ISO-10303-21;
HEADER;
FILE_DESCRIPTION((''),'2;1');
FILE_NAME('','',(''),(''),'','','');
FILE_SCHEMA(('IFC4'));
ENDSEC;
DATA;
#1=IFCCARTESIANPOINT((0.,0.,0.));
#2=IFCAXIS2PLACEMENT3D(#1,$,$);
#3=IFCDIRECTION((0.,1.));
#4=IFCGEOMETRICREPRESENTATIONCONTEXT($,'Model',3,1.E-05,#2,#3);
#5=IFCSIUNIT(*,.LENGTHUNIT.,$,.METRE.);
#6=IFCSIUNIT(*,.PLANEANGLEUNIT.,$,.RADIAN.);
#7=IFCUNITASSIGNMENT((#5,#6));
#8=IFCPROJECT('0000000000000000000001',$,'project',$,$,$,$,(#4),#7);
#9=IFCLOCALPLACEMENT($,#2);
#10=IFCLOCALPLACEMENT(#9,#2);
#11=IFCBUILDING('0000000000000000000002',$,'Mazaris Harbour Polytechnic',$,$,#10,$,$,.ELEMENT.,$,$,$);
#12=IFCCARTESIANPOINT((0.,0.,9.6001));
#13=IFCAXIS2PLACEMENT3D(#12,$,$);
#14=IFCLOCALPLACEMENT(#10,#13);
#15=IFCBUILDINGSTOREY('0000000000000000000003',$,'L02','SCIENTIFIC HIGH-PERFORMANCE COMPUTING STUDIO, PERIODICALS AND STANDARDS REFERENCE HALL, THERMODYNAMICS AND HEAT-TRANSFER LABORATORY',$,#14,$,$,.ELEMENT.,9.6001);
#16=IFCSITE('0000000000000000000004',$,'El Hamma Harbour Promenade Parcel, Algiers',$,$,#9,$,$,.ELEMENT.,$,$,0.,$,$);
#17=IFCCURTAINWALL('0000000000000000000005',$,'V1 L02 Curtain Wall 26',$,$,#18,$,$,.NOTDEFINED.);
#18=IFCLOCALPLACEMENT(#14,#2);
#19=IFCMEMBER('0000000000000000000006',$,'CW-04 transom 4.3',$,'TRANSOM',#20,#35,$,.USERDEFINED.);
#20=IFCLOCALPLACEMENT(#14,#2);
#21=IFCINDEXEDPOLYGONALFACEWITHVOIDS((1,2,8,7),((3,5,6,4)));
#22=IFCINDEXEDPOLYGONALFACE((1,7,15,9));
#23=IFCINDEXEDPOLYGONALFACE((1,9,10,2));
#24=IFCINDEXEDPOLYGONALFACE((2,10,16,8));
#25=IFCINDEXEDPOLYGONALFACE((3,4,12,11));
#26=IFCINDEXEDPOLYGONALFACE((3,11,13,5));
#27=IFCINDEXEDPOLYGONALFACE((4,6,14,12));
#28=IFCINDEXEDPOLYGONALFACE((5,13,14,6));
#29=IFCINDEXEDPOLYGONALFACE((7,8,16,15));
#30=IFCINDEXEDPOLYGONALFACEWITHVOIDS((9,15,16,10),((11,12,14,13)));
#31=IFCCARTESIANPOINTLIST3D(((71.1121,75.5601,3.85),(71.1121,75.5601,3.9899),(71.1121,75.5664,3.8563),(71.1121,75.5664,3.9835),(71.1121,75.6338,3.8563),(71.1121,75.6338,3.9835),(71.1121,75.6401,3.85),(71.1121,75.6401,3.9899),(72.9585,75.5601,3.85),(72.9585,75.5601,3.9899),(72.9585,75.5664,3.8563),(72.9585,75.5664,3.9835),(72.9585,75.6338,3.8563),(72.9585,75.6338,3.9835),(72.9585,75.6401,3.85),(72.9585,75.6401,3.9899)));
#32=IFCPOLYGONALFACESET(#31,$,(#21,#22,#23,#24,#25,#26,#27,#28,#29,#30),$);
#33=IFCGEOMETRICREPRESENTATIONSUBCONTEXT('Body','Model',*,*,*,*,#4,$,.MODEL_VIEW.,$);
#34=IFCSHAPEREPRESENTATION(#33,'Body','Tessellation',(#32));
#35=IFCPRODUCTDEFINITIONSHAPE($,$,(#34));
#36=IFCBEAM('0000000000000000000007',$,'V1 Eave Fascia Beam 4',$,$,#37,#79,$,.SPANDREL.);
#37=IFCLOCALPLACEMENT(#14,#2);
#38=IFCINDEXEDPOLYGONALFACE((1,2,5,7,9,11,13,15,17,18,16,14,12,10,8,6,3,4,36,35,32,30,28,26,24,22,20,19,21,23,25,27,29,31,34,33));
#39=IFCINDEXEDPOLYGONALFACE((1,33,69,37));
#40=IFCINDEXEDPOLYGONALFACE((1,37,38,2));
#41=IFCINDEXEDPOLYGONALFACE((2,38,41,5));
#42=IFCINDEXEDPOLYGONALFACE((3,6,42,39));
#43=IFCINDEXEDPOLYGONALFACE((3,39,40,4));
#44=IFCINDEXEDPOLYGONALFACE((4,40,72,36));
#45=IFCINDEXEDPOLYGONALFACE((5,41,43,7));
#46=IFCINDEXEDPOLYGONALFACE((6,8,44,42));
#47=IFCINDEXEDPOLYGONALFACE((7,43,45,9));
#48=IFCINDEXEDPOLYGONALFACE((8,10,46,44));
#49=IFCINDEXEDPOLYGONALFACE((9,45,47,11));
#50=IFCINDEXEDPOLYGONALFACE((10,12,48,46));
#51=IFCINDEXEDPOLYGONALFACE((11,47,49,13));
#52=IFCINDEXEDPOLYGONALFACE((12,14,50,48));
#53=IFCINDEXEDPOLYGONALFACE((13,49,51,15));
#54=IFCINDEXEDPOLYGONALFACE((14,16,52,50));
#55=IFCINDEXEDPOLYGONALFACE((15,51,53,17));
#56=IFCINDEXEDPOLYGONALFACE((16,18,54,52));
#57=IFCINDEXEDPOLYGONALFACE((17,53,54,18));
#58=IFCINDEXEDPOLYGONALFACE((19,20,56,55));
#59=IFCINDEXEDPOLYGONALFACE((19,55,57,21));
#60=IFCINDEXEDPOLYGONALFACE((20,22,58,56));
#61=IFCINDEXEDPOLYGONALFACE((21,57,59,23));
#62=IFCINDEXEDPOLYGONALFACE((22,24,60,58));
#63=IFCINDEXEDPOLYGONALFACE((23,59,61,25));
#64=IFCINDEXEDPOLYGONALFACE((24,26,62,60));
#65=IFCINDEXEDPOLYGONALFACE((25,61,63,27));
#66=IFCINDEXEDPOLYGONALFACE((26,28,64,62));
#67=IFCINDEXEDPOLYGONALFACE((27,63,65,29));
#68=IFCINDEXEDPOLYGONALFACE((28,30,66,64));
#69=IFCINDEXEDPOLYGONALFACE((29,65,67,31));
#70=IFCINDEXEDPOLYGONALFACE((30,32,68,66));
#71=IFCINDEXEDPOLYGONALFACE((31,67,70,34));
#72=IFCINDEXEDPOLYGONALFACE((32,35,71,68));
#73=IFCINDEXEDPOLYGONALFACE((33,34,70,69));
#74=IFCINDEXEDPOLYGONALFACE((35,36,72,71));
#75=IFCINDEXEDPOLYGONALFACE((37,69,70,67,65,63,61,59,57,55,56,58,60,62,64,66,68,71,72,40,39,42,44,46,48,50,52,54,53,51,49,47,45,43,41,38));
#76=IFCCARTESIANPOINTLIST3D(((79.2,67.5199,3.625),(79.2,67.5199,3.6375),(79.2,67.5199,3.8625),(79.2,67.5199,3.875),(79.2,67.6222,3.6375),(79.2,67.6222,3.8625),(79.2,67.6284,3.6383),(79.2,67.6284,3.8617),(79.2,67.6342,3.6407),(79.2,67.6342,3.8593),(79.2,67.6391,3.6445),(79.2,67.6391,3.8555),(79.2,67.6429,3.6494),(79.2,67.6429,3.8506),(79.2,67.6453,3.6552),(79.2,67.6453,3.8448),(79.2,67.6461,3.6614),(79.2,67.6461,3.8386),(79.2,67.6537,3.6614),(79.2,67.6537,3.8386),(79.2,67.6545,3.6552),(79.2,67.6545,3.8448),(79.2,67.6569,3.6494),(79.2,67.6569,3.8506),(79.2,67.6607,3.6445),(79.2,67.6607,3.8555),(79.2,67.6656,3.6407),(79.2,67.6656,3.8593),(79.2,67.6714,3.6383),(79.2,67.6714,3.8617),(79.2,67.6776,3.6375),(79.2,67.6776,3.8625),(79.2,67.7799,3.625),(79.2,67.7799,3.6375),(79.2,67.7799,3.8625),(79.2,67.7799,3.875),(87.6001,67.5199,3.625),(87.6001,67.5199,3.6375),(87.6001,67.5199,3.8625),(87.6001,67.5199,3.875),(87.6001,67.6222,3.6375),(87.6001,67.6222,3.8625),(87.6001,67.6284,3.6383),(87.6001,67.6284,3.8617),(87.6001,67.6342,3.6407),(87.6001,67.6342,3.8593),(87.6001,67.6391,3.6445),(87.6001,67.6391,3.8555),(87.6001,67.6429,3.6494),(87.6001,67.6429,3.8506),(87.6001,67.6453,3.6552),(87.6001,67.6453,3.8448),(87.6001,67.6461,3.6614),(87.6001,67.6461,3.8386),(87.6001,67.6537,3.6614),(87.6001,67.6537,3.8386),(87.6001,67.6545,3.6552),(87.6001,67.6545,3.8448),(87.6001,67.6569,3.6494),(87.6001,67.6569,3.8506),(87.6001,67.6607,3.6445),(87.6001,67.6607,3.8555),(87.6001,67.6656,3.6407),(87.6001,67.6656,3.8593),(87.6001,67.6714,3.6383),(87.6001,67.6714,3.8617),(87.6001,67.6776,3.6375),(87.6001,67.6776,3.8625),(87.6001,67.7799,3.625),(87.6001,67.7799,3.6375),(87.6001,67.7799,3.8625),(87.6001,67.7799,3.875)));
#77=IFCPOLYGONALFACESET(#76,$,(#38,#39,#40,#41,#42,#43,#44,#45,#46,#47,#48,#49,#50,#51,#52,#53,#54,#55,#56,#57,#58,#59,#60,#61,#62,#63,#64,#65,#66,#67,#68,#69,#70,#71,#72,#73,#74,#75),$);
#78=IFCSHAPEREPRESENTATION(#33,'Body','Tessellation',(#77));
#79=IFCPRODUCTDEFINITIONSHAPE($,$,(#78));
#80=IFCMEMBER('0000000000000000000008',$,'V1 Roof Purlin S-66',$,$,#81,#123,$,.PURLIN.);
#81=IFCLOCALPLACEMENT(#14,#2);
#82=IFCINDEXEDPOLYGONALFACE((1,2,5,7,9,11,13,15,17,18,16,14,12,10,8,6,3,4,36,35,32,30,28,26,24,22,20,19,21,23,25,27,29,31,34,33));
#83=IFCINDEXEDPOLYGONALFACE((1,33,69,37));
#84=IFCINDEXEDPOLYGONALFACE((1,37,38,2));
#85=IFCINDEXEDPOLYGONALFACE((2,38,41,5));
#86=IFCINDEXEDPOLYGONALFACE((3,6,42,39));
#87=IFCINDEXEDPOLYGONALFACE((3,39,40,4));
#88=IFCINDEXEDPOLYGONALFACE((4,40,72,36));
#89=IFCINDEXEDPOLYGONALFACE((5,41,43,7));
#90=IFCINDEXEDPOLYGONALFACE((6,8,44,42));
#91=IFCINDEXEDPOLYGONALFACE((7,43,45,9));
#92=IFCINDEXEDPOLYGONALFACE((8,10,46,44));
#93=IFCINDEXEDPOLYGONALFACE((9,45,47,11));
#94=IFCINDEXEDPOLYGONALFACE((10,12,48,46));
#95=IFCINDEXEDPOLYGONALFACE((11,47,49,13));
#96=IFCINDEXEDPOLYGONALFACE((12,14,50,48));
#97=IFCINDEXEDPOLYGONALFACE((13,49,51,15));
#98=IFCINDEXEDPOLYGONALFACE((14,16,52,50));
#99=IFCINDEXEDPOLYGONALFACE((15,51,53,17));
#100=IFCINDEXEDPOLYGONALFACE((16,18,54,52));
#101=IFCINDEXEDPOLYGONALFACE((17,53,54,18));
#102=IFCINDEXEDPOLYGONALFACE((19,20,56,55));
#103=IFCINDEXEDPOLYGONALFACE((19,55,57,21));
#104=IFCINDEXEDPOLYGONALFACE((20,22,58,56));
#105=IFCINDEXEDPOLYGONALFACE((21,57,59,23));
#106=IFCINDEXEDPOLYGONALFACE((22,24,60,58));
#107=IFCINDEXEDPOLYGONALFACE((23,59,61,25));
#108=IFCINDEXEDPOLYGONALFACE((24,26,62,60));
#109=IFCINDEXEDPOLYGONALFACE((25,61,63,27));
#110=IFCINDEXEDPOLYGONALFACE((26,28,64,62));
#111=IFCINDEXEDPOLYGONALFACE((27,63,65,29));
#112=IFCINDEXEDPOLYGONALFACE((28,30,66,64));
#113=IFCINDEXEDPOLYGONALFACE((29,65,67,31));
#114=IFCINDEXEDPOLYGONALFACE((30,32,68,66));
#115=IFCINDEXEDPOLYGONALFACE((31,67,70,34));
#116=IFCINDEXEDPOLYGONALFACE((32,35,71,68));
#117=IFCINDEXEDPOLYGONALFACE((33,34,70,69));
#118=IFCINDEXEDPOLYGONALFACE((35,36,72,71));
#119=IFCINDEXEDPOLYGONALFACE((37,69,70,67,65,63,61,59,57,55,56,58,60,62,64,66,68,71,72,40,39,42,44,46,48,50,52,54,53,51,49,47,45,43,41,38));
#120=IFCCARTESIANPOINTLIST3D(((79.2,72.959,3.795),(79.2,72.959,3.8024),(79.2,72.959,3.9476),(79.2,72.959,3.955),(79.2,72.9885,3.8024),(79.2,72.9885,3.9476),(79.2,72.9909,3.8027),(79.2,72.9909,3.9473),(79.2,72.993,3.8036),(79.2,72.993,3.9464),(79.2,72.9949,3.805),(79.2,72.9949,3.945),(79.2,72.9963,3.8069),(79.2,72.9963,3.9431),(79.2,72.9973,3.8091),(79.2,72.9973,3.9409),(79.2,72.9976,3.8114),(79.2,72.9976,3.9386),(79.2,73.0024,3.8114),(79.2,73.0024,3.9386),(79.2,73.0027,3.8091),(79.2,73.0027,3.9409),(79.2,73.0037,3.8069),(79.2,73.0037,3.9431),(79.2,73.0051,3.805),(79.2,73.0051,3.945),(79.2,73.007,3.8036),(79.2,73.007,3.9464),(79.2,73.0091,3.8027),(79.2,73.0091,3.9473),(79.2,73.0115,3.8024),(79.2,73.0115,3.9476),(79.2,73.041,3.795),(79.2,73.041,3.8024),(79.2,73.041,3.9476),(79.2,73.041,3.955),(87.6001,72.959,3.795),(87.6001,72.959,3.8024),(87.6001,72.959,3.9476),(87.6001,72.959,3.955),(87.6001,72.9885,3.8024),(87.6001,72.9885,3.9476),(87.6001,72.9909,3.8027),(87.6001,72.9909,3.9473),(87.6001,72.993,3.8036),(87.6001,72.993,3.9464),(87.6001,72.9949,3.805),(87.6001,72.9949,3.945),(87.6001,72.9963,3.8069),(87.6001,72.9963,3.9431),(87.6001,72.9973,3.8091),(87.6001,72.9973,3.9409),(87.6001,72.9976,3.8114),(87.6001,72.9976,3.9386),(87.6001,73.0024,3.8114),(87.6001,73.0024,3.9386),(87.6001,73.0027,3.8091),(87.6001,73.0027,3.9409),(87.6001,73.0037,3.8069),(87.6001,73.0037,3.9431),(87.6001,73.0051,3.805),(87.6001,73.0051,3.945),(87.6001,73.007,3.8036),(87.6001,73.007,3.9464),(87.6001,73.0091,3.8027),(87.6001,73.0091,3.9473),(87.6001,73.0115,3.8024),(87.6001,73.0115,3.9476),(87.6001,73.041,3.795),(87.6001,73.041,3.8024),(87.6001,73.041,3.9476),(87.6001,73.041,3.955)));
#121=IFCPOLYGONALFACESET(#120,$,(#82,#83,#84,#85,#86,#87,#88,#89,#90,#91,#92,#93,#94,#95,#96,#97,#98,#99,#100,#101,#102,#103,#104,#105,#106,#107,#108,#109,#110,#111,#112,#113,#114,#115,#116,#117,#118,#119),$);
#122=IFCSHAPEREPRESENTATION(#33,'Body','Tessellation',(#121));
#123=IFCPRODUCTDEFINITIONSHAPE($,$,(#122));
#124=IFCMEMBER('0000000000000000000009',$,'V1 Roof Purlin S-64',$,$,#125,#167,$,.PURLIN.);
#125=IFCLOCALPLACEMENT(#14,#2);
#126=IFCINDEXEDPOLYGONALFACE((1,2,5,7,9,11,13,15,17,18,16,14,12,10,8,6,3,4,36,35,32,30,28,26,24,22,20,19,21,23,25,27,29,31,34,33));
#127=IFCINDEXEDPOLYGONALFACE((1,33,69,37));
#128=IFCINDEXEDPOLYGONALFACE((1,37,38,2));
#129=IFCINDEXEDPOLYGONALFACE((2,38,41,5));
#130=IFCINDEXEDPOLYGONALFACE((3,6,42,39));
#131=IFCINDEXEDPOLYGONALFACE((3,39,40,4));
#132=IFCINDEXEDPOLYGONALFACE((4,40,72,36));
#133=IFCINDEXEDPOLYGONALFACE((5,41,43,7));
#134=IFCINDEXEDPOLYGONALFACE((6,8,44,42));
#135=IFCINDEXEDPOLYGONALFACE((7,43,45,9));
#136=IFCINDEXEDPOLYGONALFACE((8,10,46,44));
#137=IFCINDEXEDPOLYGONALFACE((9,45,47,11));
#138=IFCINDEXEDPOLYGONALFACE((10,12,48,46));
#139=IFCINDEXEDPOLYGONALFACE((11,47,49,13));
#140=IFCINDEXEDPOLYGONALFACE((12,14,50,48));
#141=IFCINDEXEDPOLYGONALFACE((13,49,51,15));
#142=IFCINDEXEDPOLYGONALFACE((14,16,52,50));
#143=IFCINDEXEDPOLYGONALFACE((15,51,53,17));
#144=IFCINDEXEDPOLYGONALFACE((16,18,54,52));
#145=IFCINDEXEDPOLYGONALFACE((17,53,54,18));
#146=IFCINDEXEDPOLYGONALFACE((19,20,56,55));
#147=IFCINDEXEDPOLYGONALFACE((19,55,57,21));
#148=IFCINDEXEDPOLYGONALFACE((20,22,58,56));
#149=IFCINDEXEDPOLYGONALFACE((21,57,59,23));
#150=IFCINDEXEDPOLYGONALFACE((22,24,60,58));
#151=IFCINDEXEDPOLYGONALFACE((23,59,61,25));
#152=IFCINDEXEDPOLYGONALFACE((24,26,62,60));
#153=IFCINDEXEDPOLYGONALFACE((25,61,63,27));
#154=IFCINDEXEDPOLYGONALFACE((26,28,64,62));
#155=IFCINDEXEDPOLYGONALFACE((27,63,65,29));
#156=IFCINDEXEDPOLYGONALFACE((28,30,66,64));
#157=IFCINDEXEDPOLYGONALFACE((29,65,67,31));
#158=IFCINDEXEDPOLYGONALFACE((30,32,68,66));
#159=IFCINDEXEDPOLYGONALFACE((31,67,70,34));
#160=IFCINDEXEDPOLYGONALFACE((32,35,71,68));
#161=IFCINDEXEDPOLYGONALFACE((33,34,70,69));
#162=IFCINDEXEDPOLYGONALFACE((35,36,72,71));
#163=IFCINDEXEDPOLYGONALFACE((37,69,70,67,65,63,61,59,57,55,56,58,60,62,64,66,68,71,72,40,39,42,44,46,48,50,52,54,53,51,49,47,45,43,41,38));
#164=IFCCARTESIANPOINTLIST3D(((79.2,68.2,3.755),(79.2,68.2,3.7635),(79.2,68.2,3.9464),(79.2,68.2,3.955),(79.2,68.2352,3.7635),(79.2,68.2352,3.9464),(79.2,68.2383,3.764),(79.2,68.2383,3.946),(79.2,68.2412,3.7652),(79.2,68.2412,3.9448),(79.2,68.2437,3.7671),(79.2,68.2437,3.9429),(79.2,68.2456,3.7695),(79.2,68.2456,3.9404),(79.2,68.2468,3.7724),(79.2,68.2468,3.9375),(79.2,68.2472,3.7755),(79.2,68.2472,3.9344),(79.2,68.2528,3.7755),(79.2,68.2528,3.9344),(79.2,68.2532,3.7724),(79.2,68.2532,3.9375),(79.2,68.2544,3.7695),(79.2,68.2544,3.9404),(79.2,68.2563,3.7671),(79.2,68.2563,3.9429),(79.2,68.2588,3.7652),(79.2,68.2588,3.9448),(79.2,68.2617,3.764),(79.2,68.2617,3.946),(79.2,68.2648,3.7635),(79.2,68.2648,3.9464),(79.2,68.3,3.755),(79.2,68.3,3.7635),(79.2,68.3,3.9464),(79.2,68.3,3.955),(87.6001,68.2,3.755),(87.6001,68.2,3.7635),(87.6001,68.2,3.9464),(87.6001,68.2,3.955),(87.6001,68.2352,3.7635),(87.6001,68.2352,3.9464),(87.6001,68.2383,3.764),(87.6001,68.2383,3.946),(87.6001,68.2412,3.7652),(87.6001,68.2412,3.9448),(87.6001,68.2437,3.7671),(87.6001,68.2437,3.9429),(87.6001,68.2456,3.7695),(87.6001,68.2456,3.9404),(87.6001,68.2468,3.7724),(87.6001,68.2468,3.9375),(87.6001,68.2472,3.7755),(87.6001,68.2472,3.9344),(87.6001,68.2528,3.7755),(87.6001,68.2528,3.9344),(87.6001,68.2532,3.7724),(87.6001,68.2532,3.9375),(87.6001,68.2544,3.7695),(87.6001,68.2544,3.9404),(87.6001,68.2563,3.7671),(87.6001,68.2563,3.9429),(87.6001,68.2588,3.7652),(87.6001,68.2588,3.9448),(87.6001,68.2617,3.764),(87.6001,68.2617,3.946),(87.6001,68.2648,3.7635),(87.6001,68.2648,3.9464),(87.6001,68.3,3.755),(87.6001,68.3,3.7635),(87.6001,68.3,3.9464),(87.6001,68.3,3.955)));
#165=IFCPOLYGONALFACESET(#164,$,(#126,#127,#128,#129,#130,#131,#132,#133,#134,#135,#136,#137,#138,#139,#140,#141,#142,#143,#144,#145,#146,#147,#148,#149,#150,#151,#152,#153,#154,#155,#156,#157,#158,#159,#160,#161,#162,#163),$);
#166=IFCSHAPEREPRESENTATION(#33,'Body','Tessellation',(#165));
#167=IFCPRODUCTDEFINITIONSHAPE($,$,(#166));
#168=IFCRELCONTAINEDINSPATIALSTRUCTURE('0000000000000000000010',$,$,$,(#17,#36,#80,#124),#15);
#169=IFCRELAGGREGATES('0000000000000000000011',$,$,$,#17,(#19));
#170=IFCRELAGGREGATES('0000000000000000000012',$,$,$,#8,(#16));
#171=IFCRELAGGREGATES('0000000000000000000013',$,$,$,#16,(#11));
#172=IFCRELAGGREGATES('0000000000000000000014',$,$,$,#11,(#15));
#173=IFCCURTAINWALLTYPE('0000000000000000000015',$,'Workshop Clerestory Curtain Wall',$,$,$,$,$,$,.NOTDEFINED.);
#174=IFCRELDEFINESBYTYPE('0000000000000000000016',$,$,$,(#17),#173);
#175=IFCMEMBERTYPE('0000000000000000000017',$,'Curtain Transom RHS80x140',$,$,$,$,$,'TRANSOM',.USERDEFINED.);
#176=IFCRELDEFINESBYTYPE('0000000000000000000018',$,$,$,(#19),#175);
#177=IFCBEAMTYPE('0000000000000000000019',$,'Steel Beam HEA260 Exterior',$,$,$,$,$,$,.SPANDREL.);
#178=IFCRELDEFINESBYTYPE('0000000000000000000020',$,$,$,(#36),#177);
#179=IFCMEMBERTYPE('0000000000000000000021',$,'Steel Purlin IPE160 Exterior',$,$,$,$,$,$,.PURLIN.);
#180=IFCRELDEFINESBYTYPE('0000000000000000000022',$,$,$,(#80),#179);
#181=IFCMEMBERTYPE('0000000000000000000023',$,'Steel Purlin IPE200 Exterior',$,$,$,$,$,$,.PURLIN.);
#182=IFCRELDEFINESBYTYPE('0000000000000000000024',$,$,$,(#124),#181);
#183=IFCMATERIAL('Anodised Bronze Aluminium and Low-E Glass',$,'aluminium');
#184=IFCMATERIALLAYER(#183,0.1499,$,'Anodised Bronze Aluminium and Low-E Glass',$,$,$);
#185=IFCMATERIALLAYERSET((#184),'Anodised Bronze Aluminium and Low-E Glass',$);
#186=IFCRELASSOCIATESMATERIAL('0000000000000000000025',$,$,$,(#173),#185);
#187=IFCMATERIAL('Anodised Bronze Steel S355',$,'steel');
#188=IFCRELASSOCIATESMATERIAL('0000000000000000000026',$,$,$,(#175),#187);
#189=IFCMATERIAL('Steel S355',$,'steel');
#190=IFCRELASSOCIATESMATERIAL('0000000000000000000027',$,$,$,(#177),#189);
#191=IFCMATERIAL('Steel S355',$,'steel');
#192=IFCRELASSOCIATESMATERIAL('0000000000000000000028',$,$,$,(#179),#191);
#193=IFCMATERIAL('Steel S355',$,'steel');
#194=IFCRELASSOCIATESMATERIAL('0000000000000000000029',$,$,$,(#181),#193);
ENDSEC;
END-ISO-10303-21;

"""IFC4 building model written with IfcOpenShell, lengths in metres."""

from ifc_helpers import new_model, si_unit, direction, frame, origin, origin_2d, place, context, subcontext, project, spatial, hollow_rectangle, i_section, extrude, material, layer, layer_set, material_profile, profile_set, type_object, element, aggregate, save


model = new_model("IFC4")

# Units and contexts
model_context = context("Model", 3, precision=1e-05, world=origin(), true_north=direction((0.0, 1.0)))
body_context = subcontext(model_context, "Body", "Model", "MODEL_VIEW")
ifc_project = project(units=[si_unit("LENGTHUNIT", "METRE"), si_unit("PLANEANGLEUNIT", "RADIAN")], contexts=[model_context])

# Site, building, storey
site_placement = place(None, origin())
site = spatial("IfcSite", under=ifc_project, at=site_placement, Name="El Hamma Harbour Promenade Parcel, Algiers", CompositionType="ELEMENT", RefElevation=0.0)
building_placement = place(site_placement, origin())
building = spatial("IfcBuilding", under=site, at=building_placement, Name="Mazaris Harbour Polytechnic", CompositionType="ELEMENT")
storey_placement = place(building_placement, frame((0.0, 0.0, 9.6001)))
storey = spatial("IfcBuildingStorey", under=building, at=storey_placement, Name="L02", Description="SCIENTIFIC HIGH-PERFORMANCE COMPUTING STUDIO, PERIODICALS AND STANDARDS REFERENCE HALL, THERMODYNAMICS AND HEAT-TRANSFER LABORATORY", CompositionType="ELEMENT", Elevation=9.6001)

# Curtain wall, member
ifc_material_1 = material(Name="Anodised Bronze Aluminium and Low-E Glass", Category="aluminium")
ifc_layer_1 = layer(ifc_material_1, 0.1499, Name="Anodised Bronze Aluminium and Low-E Glass")
ifc_layer_set_1 = layer_set([ifc_layer_1], Name="Anodised Bronze Aluminium and Low-E Glass")
curtain_wall_type = type_object("IfcCurtainWallType", Name="Workshop Clerestory Curtain Wall", PredefinedType="NOTDEFINED", material=ifc_layer_set_1)
curtain_wall_placement = place(storey_placement, origin())
curtain_wall = element("IfcCurtainWall", 1, at=curtain_wall_placement, inside=storey, type_object=curtain_wall_type, Name="V1 L02 Curtain Wall 26", PredefinedType="NOTDEFINED")
ifc_material_2 = material(Name="Anodised Bronze Steel S355", Category="steel")
ifc_material_profile_1 = material_profile(ifc_material_2, hollow_rectangle(XDim=0.0801, YDim=0.1399, WallThickness=0.0063, at=origin_2d()), Name="RHS 80x140x6.3")
ifc_profile_set_1 = profile_set([ifc_material_profile_1], Name="Anodised Bronze Steel S355")
member_type_1 = type_object("IfcMemberType", Name="Curtain Transom RHS80x140", ElementType="TRANSOM", PredefinedType="USERDEFINED", material=ifc_profile_set_1)
member_1_placement = place(storey_placement, frame((72.9585, 75.6001, 3.9199), z_axis=(-1.0, 0.0, 0.0), x_axis=(0.0, -1.0, 0.0)))
member_1 = element("IfcMember", 2, at=member_1_placement, type_object=member_type_1, Name="CW-04 transom 4.3", ObjectType="TRANSOM", PredefinedType="USERDEFINED", context=body_context, shape_type="SweptSolid", body=[
    extrude(hollow_rectangle(XDim=0.0801, YDim=0.1399, WallThickness=0.0063, at=origin_2d()), origin(), (0.0, 0.0, 1.0), 1.8464),
])

# Beam
ifc_material_3 = material(Name="Steel S355", Category="steel")
ifc_material_profile_2 = material_profile(ifc_material_3, i_section(OverallWidth=0.26, OverallDepth=0.25, WebThickness=0.0076, FlangeThickness=0.0125, FilletRadius=0.0239, at=origin_2d()), Name="HEA 260")
ifc_profile_set_2 = profile_set([ifc_material_profile_2], Name="Steel S355")
beam_type = type_object("IfcBeamType", Name="Steel Beam HEA260 Exterior", PredefinedType="SPANDREL", material=ifc_profile_set_2)
beam_placement = place(storey_placement, frame((79.2, 67.6499, 3.75), z_axis=(1.0, 0.0, 0.0), x_axis=(0.0, 1.0, 0.0)))
element("IfcBeam", 3, at=beam_placement, inside=storey, type_object=beam_type, Name="V1 Eave Fascia Beam 4", PredefinedType="SPANDREL", context=body_context, shape_type="SweptSolid", body=[
    extrude(i_section(OverallWidth=0.26, OverallDepth=0.25, WebThickness=0.0076, FlangeThickness=0.0125, FilletRadius=0.0239, at=origin_2d()), origin(), (0.0, 0.0, 1.0), 8.4001),
])

# Members
ifc_material_4 = material(Name="Steel S355", Category="steel")
ifc_material_profile_3 = material_profile(ifc_material_4, i_section(OverallWidth=0.082, OverallDepth=0.1599, WebThickness=0.0049, FlangeThickness=0.0073, FilletRadius=0.009, at=origin_2d()), Name="IPE 160")
ifc_profile_set_3 = profile_set([ifc_material_profile_3], Name="Steel S355")
member_type_2 = type_object("IfcMemberType", Name="Steel Purlin IPE160 Exterior", PredefinedType="PURLIN", material=ifc_profile_set_3)
member_2_placement = place(storey_placement, frame((79.2, 73.0, 3.875), z_axis=(1.0, 0.0, 0.0), x_axis=(0.0, 1.0, 0.0)))
element("IfcMember", 4, at=member_2_placement, inside=storey, type_object=member_type_2, Name="V1 Roof Purlin S-66", PredefinedType="PURLIN", context=body_context, shape_type="SweptSolid", body=[
    extrude(i_section(OverallWidth=0.082, OverallDepth=0.1599, WebThickness=0.0049, FlangeThickness=0.0073, FilletRadius=0.009, at=origin_2d()), origin(), (0.0, 0.0, 1.0), 8.4001),
])
ifc_material_5 = material(Name="Steel S355", Category="steel")
ifc_material_profile_4 = material_profile(ifc_material_5, i_section(OverallWidth=0.1001, OverallDepth=0.2, WebThickness=0.0056, FlangeThickness=0.0085, FilletRadius=0.012, at=origin_2d()), Name="IPE 200")
ifc_profile_set_4 = profile_set([ifc_material_profile_4], Name="Steel S355")
member_type_3 = type_object("IfcMemberType", Name="Steel Purlin IPE200 Exterior", PredefinedType="PURLIN", material=ifc_profile_set_4)
for number, where, z_axis, x_axis, name in (
    (5, (79.2, 68.25, 3.855), (1.0, 0.0, 0.0), (0.0, 1.0, 0.0), "V1 Roof Purlin S-64"),
):
    element("IfcMember", number, at=place(storey_placement, frame(where, z_axis=z_axis, x_axis=x_axis)), inside=storey, type_object=member_type_3, Name=name, PredefinedType="PURLIN", context=body_context, shape_type="SweptSolid", body=[
        extrude(i_section(OverallWidth=0.1001, OverallDepth=0.2, WebThickness=0.0056, FlangeThickness=0.0085, FilletRadius=0.012, at=origin_2d()), origin(), (0.0, 0.0, 1.0), 8.4001),
    ])

aggregate(curtain_wall, [member_1])

save(model, "model.ifc")
